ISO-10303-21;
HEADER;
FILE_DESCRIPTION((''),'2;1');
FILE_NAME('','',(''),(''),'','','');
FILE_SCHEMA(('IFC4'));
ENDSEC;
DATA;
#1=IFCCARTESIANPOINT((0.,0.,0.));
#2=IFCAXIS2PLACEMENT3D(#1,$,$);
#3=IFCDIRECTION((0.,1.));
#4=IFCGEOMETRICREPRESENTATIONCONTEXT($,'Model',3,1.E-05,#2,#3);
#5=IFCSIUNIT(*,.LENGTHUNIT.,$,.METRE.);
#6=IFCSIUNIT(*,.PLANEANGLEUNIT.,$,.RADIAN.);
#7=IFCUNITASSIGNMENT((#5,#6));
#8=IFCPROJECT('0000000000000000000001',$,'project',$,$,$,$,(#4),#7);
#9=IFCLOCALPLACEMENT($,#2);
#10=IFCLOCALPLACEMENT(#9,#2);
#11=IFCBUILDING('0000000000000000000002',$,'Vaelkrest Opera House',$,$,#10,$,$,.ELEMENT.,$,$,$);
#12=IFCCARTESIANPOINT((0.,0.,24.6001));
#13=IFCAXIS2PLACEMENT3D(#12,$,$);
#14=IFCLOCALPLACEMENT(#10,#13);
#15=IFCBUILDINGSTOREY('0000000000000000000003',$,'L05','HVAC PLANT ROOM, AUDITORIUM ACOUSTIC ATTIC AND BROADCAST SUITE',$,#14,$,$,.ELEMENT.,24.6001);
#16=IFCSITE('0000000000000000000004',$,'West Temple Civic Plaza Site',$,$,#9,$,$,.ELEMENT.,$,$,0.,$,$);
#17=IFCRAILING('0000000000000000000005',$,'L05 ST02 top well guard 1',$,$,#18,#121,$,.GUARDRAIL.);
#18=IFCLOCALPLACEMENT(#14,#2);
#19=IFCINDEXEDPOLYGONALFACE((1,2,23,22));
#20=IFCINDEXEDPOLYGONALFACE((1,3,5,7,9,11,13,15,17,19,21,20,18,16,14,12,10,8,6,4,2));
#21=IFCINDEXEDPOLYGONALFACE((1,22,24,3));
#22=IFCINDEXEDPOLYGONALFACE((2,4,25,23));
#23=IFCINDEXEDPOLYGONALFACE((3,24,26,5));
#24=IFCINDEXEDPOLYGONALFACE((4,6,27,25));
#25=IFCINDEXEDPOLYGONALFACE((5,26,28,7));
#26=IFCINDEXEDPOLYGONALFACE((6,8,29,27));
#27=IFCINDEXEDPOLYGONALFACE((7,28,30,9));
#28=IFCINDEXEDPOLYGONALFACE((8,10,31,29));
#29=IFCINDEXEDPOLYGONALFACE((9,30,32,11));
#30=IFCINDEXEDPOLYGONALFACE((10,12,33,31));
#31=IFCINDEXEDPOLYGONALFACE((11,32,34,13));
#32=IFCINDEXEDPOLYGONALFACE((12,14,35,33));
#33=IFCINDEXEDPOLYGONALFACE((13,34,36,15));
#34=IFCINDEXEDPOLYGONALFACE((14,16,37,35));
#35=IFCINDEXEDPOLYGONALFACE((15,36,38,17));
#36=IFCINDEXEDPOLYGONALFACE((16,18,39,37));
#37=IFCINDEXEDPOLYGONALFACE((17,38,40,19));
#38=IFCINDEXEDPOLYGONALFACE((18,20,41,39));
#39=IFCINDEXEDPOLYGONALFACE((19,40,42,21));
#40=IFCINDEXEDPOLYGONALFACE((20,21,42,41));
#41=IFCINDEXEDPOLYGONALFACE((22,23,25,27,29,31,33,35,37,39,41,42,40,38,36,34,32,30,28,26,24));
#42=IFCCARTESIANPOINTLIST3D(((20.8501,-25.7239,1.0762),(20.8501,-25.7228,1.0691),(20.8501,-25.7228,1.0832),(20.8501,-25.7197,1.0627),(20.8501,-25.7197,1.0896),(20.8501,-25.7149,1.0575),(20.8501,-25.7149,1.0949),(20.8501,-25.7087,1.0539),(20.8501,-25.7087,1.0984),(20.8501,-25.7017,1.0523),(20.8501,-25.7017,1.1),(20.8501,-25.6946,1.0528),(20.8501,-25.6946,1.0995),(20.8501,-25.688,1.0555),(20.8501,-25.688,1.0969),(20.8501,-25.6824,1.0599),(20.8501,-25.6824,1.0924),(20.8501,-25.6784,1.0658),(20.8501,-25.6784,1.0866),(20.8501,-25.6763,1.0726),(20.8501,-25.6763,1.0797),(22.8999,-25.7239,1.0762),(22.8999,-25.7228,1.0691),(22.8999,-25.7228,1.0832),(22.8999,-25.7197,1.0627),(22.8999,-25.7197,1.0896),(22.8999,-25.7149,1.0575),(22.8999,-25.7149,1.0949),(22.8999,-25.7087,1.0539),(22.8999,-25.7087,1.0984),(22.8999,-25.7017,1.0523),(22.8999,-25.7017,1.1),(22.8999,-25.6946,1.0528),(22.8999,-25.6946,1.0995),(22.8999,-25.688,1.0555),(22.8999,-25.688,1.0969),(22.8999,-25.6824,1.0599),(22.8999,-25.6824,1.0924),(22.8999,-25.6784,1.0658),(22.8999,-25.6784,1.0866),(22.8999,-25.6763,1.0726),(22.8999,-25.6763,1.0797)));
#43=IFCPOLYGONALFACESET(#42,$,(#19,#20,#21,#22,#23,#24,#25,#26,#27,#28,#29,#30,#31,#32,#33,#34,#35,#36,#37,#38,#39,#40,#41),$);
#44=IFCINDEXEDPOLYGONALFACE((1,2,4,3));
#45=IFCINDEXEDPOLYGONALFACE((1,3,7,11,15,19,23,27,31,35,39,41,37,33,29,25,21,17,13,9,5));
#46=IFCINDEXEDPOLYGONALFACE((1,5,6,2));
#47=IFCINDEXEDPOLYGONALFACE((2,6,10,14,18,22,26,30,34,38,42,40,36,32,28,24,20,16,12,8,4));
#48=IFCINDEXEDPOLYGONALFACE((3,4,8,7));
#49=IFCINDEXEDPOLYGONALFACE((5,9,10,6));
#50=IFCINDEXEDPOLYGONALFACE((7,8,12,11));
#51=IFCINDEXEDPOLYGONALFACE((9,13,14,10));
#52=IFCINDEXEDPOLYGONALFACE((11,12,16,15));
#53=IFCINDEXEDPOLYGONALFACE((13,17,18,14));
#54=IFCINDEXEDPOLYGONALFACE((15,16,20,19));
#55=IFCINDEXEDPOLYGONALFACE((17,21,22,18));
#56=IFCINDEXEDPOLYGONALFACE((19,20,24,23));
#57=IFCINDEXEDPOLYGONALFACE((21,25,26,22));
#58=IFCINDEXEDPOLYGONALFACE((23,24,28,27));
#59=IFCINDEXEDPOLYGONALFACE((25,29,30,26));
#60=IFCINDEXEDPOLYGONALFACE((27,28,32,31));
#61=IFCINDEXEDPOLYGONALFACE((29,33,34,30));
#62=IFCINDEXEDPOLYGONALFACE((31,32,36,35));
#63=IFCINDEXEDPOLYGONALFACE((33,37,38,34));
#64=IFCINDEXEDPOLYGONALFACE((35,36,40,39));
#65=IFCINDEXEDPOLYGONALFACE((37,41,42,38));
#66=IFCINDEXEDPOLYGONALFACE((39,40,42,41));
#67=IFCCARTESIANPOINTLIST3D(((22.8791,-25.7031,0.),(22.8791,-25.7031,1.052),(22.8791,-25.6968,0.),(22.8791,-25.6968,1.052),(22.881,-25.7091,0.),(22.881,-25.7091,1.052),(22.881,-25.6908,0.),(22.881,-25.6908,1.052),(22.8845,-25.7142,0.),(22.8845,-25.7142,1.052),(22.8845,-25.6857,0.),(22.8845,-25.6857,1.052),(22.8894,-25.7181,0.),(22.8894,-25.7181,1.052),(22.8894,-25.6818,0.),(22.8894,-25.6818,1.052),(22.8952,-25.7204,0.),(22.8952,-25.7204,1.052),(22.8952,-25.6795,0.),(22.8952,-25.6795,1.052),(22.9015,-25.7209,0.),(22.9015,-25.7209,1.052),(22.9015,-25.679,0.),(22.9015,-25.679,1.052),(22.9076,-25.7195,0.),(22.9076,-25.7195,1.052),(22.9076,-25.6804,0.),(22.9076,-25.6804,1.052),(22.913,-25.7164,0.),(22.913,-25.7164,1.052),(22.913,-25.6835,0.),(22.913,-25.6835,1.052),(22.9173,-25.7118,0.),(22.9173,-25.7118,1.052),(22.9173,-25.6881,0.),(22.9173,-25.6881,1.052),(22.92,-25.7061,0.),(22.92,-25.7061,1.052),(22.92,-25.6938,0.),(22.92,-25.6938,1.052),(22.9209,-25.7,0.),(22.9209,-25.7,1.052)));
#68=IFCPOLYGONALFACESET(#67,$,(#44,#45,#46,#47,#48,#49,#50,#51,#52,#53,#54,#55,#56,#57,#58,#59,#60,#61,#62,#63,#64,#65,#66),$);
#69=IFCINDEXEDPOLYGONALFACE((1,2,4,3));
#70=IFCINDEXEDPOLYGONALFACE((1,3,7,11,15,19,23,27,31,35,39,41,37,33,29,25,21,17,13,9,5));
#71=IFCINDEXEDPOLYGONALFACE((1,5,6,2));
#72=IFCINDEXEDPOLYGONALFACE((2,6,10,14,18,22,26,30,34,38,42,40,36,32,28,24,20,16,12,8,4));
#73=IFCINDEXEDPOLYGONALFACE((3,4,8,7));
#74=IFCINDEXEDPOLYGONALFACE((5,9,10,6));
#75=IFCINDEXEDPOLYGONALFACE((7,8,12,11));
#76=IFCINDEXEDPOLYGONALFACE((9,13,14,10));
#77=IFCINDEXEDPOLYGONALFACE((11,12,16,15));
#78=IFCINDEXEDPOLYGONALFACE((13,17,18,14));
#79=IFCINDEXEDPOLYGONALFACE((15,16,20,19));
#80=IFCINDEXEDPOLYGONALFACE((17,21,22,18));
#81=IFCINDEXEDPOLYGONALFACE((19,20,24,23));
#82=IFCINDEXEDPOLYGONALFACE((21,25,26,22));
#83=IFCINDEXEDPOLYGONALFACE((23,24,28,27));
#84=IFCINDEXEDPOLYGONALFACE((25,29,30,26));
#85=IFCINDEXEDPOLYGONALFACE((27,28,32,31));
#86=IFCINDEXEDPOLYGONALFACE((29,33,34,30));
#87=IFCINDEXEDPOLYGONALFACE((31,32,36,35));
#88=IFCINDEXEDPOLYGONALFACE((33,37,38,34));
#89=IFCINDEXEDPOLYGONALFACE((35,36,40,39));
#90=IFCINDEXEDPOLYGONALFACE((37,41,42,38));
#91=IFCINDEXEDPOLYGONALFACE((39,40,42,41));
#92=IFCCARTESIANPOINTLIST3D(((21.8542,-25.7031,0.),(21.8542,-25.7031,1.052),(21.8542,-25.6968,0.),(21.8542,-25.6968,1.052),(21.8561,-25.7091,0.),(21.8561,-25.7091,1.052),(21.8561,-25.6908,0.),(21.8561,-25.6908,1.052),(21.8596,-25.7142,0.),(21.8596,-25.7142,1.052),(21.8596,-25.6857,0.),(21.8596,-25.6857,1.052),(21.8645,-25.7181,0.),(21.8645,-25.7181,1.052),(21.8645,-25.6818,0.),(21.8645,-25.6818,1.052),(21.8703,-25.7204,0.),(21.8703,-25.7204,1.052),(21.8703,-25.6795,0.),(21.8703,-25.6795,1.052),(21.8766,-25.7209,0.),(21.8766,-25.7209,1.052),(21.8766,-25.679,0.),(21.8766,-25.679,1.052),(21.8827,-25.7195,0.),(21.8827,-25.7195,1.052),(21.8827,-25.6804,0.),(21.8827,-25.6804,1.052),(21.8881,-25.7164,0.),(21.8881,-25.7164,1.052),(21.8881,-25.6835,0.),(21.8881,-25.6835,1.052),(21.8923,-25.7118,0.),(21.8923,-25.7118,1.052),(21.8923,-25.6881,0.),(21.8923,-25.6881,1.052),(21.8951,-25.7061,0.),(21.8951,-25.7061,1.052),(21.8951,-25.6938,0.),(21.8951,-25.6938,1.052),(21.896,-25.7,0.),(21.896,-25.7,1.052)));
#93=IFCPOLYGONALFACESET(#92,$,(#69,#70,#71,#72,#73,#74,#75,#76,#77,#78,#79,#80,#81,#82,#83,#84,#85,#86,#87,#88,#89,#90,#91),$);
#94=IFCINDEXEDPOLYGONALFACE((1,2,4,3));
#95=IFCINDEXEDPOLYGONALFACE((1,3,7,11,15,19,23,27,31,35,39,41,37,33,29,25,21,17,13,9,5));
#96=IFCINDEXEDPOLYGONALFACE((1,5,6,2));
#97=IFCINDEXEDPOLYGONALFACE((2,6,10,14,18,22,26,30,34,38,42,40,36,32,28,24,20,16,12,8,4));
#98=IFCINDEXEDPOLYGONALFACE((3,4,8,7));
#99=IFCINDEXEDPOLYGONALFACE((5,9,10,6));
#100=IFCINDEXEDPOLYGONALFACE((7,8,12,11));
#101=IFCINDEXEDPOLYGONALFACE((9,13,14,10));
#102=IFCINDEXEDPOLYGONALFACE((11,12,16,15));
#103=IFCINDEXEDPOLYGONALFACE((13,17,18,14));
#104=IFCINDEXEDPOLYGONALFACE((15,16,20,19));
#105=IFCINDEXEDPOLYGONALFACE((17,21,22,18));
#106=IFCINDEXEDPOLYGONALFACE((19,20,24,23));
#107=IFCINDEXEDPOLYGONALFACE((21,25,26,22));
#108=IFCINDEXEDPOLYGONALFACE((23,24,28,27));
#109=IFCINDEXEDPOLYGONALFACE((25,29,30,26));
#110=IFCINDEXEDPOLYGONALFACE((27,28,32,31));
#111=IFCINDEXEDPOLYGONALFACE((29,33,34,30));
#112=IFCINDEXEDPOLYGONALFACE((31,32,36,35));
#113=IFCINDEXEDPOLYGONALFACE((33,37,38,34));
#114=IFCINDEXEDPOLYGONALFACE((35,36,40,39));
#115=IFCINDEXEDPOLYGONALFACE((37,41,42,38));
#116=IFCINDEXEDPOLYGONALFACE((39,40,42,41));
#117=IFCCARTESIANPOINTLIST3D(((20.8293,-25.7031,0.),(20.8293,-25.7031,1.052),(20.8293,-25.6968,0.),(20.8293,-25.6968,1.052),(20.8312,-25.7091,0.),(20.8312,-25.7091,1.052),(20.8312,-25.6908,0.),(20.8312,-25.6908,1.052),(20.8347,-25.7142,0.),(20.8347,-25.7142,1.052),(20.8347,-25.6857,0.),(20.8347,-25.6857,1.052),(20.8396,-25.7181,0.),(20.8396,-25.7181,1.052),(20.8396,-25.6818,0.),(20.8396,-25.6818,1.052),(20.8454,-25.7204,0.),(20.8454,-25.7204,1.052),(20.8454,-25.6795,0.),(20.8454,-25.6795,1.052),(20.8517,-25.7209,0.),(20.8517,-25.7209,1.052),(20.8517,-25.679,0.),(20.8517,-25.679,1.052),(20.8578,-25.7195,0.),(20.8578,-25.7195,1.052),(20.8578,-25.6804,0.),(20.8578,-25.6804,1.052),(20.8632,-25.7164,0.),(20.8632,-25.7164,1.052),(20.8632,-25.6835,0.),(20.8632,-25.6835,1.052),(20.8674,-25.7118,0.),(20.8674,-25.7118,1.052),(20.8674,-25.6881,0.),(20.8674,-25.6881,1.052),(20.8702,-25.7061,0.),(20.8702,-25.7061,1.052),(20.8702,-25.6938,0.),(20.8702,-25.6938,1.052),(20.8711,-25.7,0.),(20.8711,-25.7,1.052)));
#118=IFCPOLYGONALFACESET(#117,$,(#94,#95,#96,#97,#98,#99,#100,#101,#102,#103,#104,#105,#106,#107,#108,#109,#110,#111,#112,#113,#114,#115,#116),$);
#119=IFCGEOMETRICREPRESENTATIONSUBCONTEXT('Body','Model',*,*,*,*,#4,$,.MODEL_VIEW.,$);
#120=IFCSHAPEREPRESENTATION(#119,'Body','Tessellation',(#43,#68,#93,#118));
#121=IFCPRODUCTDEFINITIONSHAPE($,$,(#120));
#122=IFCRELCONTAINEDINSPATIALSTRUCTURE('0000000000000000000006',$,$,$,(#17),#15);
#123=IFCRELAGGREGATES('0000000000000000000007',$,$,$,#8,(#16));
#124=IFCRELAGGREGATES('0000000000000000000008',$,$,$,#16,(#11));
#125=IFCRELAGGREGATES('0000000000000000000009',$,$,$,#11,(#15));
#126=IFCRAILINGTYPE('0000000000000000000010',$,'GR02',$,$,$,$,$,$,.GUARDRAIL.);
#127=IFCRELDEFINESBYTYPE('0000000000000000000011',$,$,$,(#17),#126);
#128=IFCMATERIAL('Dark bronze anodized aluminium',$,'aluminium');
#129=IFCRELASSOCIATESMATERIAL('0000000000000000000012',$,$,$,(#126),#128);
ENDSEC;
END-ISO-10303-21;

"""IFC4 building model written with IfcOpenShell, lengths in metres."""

from ifc_helpers import new_model, si_unit, direction, frame, origin, origin_2d, place, context, subcontext, project, spatial, circle, extrude, material, type_object, element, save


model = new_model("IFC4")

# Units and contexts
model_context = context("Model", 3, precision=1e-05, world=origin(), true_north=direction((0.0, 1.0)))
body_context = subcontext(model_context, "Body", "Model", "MODEL_VIEW")
ifc_project = project(units=[si_unit("LENGTHUNIT", "METRE"), si_unit("PLANEANGLEUNIT", "RADIAN")], contexts=[model_context])

# Site, building, storey
site_placement = place(None, origin())
site = spatial("IfcSite", under=ifc_project, at=site_placement, Name="West Temple Civic Plaza Site", CompositionType="ELEMENT", RefElevation=0.0)
building_placement = place(site_placement, origin())
building = spatial("IfcBuilding", under=site, at=building_placement, Name="Vaelkrest Opera House", CompositionType="ELEMENT")
storey_placement = place(building_placement, frame((0.0, 0.0, 24.6001)))
storey = spatial("IfcBuildingStorey", under=building, at=storey_placement, Name="L05", Description="HVAC PLANT ROOM, AUDITORIUM ACOUSTIC ATTIC AND BROADCAST SUITE", CompositionType="ELEMENT", Elevation=24.6001)

# Shared definitions
ifc_material_1 = material(Name="Dark bronze anodized aluminium", Category="aluminium")

# Railing
railing_type = type_object("IfcRailingType", Name="GR02", PredefinedType="GUARDRAIL", material=ifc_material_1)
railing_placement = place(storey_placement, frame((22.8999, -25.7, 0.0)))
element("IfcRailing", 1, at=railing_placement, inside=storey, type_object=railing_type, Name="L05 ST02 top well guard 1", PredefinedType="GUARDRAIL", context=body_context, shape_type="SweptSolid", body=[
    extrude(circle(Radius=0.0239, at=origin_2d()), frame((0.0, 0.0, 1.0762), z_axis=(-1.0, 0.0, 0.0), x_axis=(0.0, -1.0, 0.0)), (0.0, 0.0, 1.0), 2.0498),
    extrude(circle(Radius=0.021, at=origin_2d()), origin(), (0.0, 0.0, 1.0), 1.052),
    extrude(circle(Radius=0.021, at=origin_2d()), frame((-1.0249, 0.0, 0.0)), (0.0, 0.0, 1.0), 1.052),
    extrude(circle(Radius=0.021, at=origin_2d()), frame((-2.0498, 0.0, 0.0)), (0.0, 0.0, 1.0), 1.052),
])

save(model, "model.ifc")
